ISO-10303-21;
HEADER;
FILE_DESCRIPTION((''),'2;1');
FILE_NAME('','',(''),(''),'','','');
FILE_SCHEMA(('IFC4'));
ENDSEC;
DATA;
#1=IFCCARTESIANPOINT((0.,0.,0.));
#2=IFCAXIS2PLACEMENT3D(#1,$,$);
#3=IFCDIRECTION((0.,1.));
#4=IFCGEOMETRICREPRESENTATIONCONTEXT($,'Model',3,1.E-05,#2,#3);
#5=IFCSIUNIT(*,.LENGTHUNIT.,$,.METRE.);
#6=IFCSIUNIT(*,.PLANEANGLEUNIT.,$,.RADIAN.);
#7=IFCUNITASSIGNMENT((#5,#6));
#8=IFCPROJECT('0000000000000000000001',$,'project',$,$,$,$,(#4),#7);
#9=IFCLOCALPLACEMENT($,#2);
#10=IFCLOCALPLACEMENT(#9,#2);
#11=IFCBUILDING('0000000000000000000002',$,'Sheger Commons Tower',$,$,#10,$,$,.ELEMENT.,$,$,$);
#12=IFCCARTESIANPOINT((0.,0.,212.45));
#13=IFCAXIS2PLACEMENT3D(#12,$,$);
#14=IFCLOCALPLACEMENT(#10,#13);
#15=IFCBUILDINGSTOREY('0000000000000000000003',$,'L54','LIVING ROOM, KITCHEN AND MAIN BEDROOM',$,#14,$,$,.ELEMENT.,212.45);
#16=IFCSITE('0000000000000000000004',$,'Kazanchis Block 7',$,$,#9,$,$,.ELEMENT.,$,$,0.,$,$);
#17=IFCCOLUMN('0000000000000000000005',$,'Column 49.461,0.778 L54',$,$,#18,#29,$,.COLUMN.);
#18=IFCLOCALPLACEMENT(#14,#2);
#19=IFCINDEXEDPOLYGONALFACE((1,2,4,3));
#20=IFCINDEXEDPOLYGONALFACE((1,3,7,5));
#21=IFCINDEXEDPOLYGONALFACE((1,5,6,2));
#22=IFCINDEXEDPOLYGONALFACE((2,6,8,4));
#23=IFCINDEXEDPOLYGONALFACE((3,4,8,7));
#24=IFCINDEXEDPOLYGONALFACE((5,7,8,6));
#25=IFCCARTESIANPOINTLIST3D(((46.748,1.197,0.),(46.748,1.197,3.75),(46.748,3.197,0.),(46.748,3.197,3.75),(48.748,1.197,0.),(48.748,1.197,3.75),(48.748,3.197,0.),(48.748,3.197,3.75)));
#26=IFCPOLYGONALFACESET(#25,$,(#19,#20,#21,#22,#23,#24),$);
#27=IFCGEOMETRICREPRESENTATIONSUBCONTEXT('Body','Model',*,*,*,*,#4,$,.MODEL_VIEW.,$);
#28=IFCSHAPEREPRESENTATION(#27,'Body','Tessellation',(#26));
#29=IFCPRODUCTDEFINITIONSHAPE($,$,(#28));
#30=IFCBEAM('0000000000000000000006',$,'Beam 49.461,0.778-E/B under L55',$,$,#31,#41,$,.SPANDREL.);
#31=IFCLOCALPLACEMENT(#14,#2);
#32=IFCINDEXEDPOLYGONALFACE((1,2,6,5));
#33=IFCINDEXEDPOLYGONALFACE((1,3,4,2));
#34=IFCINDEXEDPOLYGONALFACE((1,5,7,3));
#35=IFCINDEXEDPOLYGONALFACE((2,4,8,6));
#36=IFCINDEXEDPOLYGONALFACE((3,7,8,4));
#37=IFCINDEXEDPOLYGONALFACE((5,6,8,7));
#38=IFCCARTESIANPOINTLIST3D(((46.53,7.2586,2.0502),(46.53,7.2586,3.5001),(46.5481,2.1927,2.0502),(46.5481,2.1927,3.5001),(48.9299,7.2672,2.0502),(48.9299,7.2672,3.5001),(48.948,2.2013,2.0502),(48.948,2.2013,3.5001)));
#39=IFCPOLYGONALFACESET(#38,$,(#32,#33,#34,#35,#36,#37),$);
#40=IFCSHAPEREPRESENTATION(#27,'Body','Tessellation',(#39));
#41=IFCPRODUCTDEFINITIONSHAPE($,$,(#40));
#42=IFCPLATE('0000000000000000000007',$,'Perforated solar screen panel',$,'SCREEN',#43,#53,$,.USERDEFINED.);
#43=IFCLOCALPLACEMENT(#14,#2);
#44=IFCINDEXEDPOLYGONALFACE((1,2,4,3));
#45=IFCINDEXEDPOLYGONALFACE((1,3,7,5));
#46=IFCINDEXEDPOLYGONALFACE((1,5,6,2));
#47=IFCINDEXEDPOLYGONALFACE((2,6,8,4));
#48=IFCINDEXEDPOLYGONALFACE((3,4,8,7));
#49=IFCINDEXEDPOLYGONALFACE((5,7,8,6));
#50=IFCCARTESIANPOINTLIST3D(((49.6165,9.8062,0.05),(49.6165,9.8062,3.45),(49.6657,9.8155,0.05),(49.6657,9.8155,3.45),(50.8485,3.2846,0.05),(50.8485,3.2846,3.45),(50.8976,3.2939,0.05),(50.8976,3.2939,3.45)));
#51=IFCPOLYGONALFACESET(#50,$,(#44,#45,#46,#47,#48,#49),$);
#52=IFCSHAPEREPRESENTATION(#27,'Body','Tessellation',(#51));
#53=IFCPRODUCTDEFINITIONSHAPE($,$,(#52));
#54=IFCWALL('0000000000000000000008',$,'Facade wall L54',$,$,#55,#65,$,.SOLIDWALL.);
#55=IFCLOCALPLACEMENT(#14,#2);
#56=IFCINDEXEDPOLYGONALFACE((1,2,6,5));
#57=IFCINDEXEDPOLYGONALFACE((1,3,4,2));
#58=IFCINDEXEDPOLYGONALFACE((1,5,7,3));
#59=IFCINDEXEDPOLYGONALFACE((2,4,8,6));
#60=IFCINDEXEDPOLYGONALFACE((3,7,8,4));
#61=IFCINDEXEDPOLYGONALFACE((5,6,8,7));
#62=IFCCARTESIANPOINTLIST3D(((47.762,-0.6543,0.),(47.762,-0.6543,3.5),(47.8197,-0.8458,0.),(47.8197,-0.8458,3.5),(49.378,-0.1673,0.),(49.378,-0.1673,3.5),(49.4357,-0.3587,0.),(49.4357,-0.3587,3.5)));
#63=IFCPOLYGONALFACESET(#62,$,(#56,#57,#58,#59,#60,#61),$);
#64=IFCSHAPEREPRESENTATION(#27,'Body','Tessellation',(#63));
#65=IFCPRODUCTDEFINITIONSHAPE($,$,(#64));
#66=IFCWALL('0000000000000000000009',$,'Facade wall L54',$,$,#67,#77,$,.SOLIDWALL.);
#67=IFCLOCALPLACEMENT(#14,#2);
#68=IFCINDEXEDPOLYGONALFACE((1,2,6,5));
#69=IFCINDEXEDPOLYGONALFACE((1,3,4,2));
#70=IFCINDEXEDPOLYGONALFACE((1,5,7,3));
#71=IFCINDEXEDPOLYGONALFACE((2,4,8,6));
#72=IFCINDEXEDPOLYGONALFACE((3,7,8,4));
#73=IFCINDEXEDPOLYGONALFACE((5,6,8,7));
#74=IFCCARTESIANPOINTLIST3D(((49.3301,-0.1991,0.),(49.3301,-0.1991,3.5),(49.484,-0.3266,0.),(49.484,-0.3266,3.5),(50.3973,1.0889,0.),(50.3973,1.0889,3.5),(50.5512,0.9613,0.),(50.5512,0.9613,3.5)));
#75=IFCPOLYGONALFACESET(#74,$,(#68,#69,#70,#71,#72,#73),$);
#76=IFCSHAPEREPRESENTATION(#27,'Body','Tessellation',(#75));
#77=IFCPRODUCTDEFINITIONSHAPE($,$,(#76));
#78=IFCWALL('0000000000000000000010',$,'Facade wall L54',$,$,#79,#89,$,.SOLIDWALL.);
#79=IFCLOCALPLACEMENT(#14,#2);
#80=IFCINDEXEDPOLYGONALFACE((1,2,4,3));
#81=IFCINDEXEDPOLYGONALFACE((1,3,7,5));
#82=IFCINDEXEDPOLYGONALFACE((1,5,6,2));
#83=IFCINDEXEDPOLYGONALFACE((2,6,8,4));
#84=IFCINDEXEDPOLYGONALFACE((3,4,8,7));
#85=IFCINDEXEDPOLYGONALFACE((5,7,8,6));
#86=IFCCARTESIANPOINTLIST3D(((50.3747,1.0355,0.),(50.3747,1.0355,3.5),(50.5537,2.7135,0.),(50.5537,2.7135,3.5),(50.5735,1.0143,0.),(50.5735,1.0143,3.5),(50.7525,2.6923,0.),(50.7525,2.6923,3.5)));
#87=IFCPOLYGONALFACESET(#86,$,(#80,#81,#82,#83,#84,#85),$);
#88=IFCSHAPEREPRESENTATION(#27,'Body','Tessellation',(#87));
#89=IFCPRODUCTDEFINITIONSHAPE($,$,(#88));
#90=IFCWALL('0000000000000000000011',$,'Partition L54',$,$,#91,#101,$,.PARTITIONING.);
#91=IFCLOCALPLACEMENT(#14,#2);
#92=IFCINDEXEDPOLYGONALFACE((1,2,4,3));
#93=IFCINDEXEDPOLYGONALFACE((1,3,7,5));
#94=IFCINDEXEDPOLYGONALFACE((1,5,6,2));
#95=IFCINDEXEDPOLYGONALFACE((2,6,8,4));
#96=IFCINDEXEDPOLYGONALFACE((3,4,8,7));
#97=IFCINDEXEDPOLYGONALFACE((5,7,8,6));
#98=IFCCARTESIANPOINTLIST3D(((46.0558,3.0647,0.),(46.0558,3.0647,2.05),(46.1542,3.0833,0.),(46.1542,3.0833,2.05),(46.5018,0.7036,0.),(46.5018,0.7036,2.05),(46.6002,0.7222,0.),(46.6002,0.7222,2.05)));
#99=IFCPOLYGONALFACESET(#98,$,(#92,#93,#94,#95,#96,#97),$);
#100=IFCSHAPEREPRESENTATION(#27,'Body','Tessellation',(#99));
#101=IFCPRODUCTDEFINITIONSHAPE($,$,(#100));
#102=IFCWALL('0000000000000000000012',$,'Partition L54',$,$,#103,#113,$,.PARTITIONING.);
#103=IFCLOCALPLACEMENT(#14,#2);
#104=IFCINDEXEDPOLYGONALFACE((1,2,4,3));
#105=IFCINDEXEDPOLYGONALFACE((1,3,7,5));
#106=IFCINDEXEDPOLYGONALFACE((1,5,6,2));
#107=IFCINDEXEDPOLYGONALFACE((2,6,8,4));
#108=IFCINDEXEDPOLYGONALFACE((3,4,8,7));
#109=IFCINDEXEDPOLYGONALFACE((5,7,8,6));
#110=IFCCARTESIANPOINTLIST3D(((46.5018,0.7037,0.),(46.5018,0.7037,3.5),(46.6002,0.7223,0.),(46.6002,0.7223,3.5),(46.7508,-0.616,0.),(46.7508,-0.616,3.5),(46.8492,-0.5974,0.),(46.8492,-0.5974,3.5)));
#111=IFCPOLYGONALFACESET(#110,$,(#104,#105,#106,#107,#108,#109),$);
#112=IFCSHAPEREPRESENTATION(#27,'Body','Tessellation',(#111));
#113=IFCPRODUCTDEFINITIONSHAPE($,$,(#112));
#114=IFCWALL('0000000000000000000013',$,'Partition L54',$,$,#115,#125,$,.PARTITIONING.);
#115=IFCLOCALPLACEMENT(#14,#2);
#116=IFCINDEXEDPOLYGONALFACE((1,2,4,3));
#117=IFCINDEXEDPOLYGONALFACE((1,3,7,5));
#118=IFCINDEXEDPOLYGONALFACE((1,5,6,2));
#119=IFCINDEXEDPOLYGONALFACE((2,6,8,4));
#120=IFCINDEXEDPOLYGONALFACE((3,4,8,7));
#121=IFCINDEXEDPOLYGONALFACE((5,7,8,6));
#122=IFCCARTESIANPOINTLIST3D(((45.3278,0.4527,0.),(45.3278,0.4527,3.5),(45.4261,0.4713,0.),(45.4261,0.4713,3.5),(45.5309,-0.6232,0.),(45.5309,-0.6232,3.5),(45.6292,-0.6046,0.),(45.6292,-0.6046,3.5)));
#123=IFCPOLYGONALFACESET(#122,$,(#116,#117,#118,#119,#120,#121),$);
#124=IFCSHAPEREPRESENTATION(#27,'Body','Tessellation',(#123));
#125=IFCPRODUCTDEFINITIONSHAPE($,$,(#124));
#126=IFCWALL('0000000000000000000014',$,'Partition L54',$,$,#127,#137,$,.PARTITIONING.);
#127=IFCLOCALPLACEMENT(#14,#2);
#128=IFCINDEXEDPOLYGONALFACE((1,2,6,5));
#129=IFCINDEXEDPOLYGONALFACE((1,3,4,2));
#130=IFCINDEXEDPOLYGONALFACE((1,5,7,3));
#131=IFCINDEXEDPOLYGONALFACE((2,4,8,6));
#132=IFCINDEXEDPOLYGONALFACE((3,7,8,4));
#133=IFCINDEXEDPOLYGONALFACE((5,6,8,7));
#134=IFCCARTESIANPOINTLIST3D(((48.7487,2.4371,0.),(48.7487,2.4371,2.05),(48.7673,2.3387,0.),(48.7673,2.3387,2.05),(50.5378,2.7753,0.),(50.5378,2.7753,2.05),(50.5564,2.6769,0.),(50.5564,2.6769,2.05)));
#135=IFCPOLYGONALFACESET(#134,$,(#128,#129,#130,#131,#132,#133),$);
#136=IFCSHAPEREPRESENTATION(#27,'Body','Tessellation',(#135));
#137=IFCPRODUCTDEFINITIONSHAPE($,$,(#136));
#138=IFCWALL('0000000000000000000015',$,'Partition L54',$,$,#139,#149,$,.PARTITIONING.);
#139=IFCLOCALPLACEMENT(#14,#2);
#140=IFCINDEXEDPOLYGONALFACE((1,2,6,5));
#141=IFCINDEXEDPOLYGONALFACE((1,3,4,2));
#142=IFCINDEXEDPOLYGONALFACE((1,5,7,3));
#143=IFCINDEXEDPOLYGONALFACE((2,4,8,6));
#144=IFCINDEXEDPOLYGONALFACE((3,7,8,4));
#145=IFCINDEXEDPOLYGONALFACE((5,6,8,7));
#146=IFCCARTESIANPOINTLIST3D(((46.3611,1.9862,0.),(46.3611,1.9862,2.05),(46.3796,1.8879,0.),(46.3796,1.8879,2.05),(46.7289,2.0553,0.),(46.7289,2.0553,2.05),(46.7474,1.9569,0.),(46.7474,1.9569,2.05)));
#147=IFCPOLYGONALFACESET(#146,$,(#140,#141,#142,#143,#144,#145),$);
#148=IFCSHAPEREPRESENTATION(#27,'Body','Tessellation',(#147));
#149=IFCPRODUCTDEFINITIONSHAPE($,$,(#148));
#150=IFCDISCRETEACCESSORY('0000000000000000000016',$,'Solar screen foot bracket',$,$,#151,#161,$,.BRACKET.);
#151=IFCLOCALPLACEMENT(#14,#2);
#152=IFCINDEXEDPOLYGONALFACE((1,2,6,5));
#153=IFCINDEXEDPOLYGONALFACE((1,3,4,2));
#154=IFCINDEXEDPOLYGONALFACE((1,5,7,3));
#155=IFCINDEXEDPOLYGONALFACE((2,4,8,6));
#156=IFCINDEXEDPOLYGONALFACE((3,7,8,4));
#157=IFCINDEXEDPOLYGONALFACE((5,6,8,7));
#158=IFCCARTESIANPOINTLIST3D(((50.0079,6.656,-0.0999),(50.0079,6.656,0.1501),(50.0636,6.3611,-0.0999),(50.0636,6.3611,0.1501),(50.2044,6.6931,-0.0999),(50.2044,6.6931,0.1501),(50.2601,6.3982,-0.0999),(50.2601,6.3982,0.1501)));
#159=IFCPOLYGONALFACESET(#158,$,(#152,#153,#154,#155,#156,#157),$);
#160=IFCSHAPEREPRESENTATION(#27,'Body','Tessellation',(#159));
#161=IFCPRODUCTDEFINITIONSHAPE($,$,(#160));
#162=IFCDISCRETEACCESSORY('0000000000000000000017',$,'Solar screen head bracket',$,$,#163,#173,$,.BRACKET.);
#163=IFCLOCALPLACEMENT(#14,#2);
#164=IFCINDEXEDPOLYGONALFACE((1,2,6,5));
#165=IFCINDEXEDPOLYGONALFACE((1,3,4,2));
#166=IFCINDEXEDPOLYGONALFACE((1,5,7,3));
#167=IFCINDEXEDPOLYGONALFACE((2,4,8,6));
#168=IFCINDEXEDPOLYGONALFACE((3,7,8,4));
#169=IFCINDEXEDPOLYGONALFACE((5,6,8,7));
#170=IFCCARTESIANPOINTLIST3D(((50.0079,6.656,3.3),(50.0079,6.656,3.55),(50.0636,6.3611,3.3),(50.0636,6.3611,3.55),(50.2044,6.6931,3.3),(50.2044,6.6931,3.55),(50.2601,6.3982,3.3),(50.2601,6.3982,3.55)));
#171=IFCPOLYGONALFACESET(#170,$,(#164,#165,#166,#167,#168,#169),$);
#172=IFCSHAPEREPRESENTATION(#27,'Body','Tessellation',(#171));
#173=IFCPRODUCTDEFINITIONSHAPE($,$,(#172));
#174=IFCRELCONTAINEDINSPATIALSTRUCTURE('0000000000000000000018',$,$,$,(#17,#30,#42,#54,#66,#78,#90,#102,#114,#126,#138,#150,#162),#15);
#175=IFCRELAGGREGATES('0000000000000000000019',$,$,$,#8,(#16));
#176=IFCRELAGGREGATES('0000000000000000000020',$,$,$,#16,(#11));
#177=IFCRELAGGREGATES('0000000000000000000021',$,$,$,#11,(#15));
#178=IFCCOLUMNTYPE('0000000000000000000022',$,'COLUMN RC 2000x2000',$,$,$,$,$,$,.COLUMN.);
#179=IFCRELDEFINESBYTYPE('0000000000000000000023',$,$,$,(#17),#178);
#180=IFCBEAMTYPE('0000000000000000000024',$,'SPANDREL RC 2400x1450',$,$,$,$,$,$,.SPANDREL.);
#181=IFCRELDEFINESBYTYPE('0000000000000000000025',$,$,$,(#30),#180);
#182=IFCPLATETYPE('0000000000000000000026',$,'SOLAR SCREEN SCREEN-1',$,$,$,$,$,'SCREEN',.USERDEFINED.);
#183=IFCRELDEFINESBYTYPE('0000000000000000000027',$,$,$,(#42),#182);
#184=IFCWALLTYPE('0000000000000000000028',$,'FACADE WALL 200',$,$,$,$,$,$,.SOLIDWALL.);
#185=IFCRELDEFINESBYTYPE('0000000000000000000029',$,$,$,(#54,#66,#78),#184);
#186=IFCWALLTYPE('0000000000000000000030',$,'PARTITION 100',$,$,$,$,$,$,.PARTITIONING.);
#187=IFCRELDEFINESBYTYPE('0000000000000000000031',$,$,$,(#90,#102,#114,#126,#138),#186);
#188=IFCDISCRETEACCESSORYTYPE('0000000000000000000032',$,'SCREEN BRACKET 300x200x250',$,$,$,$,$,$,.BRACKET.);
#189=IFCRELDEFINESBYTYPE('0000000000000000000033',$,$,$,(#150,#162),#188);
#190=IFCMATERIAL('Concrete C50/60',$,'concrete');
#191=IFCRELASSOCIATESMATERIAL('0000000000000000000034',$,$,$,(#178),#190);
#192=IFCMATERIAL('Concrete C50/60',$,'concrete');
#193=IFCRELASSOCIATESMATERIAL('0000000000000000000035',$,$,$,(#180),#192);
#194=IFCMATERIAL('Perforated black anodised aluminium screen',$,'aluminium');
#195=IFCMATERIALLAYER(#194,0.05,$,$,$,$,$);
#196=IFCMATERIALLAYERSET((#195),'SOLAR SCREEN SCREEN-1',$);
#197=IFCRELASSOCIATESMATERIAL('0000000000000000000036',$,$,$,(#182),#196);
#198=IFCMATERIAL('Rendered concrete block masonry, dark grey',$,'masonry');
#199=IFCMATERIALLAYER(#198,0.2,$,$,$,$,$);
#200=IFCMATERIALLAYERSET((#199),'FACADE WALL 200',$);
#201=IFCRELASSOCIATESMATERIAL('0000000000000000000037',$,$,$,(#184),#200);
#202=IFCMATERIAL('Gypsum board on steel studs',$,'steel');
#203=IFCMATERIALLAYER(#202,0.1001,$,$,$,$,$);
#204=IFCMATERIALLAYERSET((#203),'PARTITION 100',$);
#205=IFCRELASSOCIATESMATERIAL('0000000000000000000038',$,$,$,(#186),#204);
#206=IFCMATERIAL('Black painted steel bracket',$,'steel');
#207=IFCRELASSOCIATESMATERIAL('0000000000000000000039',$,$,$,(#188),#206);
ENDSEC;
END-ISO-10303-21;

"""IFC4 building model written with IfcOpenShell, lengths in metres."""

from ifc_helpers import new_model, si_unit, direction, frame, frame_2d, origin, origin_2d, place, context, subcontext, project, spatial, rectangle, extrude, material, layer, layer_set, material_profile, profile_set, type_object, element, save


model = new_model("IFC4")

# Units and contexts
model_context = context("Model", 3, precision=1e-05, world=origin(), true_north=direction((0.0, 1.0)))
body_context = subcontext(model_context, "Body", "Model", "MODEL_VIEW")
ifc_project = project(units=[si_unit("LENGTHUNIT", "METRE"), si_unit("PLANEANGLEUNIT", "RADIAN")], contexts=[model_context])

# Site, building, storey
site_placement = place(None, origin())
site = spatial("IfcSite", under=ifc_project, at=site_placement, Name="Kazanchis Block 7", CompositionType="ELEMENT", RefElevation=0.0)
building_placement = place(site_placement, origin())
building = spatial("IfcBuilding", under=site, at=building_placement, Name="Sheger Commons Tower", CompositionType="ELEMENT")
storey_placement = place(building_placement, frame((0.0, 0.0, 212.45)))
storey = spatial("IfcBuildingStorey", under=building, at=storey_placement, Name="L54", Description="LIVING ROOM, KITCHEN AND MAIN BEDROOM", CompositionType="ELEMENT", Elevation=212.45)

# Column
ifc_material_1 = material(Name="Concrete C50/60", Category="concrete")
ifc_material_profile_1 = material_profile(ifc_material_1, rectangle(XDim=2.0, YDim=2.0, at=origin_2d()), Name="RC 2000x2000")
ifc_profile_set_1 = profile_set([ifc_material_profile_1], Name="Concrete C50/60")
column_type = type_object("IfcColumnType", Name="COLUMN RC 2000x2000", PredefinedType="COLUMN", material=ifc_profile_set_1)
column_placement = place(storey_placement, frame((47.748, 2.197, 0.0), z_axis=(0.0, 0.0, 1.0), x_axis=(1.0, 0.0, 0.0)))
element("IfcColumn", 1, at=column_placement, inside=storey, type_object=column_type, Name="Column 49.461,0.778 L54", PredefinedType="COLUMN", context=body_context, shape_type="SweptSolid", body=[
    extrude(rectangle(XDim=2.0, YDim=2.0, at=origin_2d()), origin(), (0.0, 0.0, 1.0), 3.75),
])

# Beam
ifc_material_2 = material(Name="Concrete C50/60", Category="concrete")
ifc_material_profile_2 = material_profile(ifc_material_2, rectangle(XDim=2.3999, YDim=1.45, at=origin_2d()), Name="RC 2400x1450")
ifc_profile_set_2 = profile_set([ifc_material_profile_2], Name="Concrete C50/60")
beam_type = type_object("IfcBeamType", Name="SPANDREL RC 2400x1450", PredefinedType="SPANDREL", material=ifc_profile_set_2)
beam_placement = place(storey_placement, frame((47.748, 2.197, 2.7751), z_axis=(-0.003566, 0.999994, 0.0), x_axis=(-0.999994, -0.003566, 0.0)))
element("IfcBeam", 2, at=beam_placement, inside=storey, type_object=beam_type, Name="Beam 49.461,0.778-E/B under L55", PredefinedType="SPANDREL", context=body_context, shape_type="SweptSolid", body=[
    extrude(rectangle(XDim=2.3999, YDim=1.45, at=origin_2d()), origin(), (0.0, 0.0, 1.0), 5.0659),
])

# Plate
ifc_material_3 = material(Name="Perforated black anodised aluminium screen", Category="aluminium")
ifc_layer_1 = layer(ifc_material_3, 0.05)
ifc_layer_set_1 = layer_set([ifc_layer_1], Name="SOLAR SCREEN SCREEN-1")
plate_type = type_object("IfcPlateType", Name="SOLAR SCREEN SCREEN-1", ElementType="SCREEN", PredefinedType="USERDEFINED", material=ifc_layer_set_1)
plate_placement = place(storey_placement, frame((50.2571, 6.55, 0.05), z_axis=(0.0, 0.0, 1.0), x_axis=(-0.185615, 0.982623, 0.0)))
element("IfcPlate", 3, at=plate_placement, inside=storey, type_object=plate_type, Name="Perforated solar screen panel", ObjectType="SCREEN", PredefinedType="USERDEFINED", context=body_context, shape_type="SweptSolid", body=[
    extrude(rectangle(XDim=6.637, YDim=0.05, at=origin_2d()), origin(), (0.0, 0.0, 1.0), 3.3999),
])

# Walls
ifc_material_4 = material(Name="Rendered concrete block masonry, dark grey", Category="masonry")
ifc_layer_2 = layer(ifc_material_4, 0.2)
ifc_layer_set_2 = layer_set([ifc_layer_2], Name="FACADE WALL 200")
wall_type_1 = type_object("IfcWallType", Name="FACADE WALL 200", PredefinedType="SOLIDWALL", material=ifc_layer_set_2)
wall_1_placement = place(storey_placement, frame((47.791, -0.75, 0.0), z_axis=(0.0, 0.0, 1.0), x_axis=(0.957455, 0.288582, 0.0)))
element("IfcWall", 4, at=wall_1_placement, inside=storey, type_object=wall_type_1, Name="Facade wall L54", PredefinedType="SOLIDWALL", context=body_context, shape_type="SweptSolid", body=[
    extrude(rectangle(XDim=1.6877, YDim=0.2, at=frame_2d((0.8438, 0.0))), origin(), (0.0, 0.0, 1.0), 3.5),
])
wall_2_placement = place(storey_placement, frame((49.407, -0.2629, 0.0), z_axis=(0.0, 0.0, 1.0), x_axis=(0.638043, 0.770001, 0.0)))
element("IfcWall", 5, at=wall_2_placement, inside=storey, type_object=wall_type_1, Name="Facade wall L54", PredefinedType="SOLIDWALL", context=body_context, shape_type="SweptSolid", body=[
    extrude(rectangle(XDim=1.6726, YDim=0.2, at=frame_2d((0.8364, 0.0))), origin(), (0.0, 0.0, 1.0), 3.5),
])
wall_3_placement = place(storey_placement, frame((50.4741, 1.0249, 0.0), z_axis=(0.0, 0.0, 1.0), x_axis=(0.106048, 0.994361, 0.0)))
element("IfcWall", 6, at=wall_3_placement, inside=storey, type_object=wall_type_1, Name="Facade wall L54", PredefinedType="SOLIDWALL", context=body_context, shape_type="SweptSolid", body=[
    extrude(rectangle(XDim=1.6875, YDim=0.2, at=frame_2d((0.8438, 0.0))), origin(), (0.0, 0.0, 1.0), 3.5),
])

# Walls
ifc_material_5 = material(Name="Gypsum board on steel studs", Category="steel")
ifc_layer_3 = layer(ifc_material_5, 0.1001)
ifc_layer_set_3 = layer_set([ifc_layer_3], Name="PARTITION 100")
wall_type_2 = type_object("IfcWallType", Name="PARTITION 100", PredefinedType="PARTITIONING", material=ifc_layer_set_3)
wall_4_placement = place(storey_placement, frame((46.105, 3.074, 0.0), z_axis=(0.0, 0.0, 1.0), x_axis=(0.185632, -0.982619, 0.0)))
element("IfcWall", 7, at=wall_4_placement, inside=storey, type_object=wall_type_2, Name="Partition L54", PredefinedType="PARTITIONING", context=body_context, shape_type="SweptSolid", body=[
    extrude(rectangle(XDim=2.4028, YDim=0.1001, at=frame_2d((1.2014, 0.0))), origin(), (0.0, 0.0, 1.0), 2.05),
])
wall_5_placement = place(storey_placement, frame((46.551, 0.7129, 0.0), z_axis=(0.0, 0.0, 1.0), x_axis=(0.185408, -0.982662, 0.0)))
element("IfcWall", 8, at=wall_5_placement, inside=storey, type_object=wall_type_2, Name="Partition L54", PredefinedType="PARTITIONING", context=body_context, shape_type="SweptSolid", body=[
    extrude(rectangle(XDim=1.343, YDim=0.1001, at=frame_2d((0.6714, 0.0))), origin(), (0.0, 0.0, 1.0), 3.5),
])
wall_6_placement = place(storey_placement, frame((45.377, 0.4619, 0.0), z_axis=(0.0, 0.0, 1.0), x_axis=(0.185513, -0.982642, 0.0)))
element("IfcWall", 9, at=wall_6_placement, inside=storey, type_object=wall_type_2, Name="Partition L54", PredefinedType="PARTITIONING", context=body_context, shape_type="SweptSolid", body=[
    extrude(rectangle(XDim=1.095, YDim=0.1001, at=frame_2d((0.5474, 0.0))), origin(), (0.0, 0.0, 1.0), 3.5),
])
wall_7_placement = place(storey_placement, frame((50.5471, 2.7261, 0.0), z_axis=(0.0, 0.0, 1.0), x_axis=(-0.982604, -0.185713, 0.0)))
element("IfcWall", 10, at=wall_7_placement, inside=storey, type_object=wall_type_2, Name="Partition L54", PredefinedType="PARTITIONING", context=body_context, shape_type="SweptSolid", body=[
    extrude(rectangle(XDim=1.8208, YDim=0.1001, at=frame_2d((0.9104, 0.0))), origin(), (0.0, 0.0, 1.0), 2.05),
])
wall_8_placement = place(storey_placement, frame((46.738, 2.0061, 0.0), z_axis=(0.0, 0.0, 1.0), x_axis=(-0.98282, -0.184564, 0.0)))
element("IfcWall", 11, at=wall_8_placement, inside=storey, type_object=wall_type_2, Name="Partition L54", PredefinedType="PARTITIONING", context=body_context, shape_type="SweptSolid", body=[
    extrude(rectangle(XDim=0.3743, YDim=0.1001, at=frame_2d((0.187, 0.0))), origin(), (0.0, 0.0, 1.0), 2.05),
])

# Discrete accessories
ifc_material_6 = material(Name="Black painted steel bracket", Category="steel")
discrete_accessory_type = type_object("IfcDiscreteAccessoryType", Name="SCREEN BRACKET 300x200x250", PredefinedType="BRACKET", material=ifc_material_6)
for number, where, z_axis, x_axis, name in (
    (12, (50.134, 6.5271, -0.0999), (0.0, 0.0, 1.0), (-0.185615, 0.982623, 0.0), "Solar screen foot bracket"),
    (13, (50.134, 6.5271, 3.3), (0.0, 0.0, 1.0), (-0.185615, 0.982623, 0.0), "Solar screen head bracket"),
):
    element("IfcDiscreteAccessory", number, at=place(storey_placement, frame(where, z_axis=z_axis, x_axis=x_axis)), inside=storey, type_object=discrete_accessory_type, Name=name, PredefinedType="BRACKET", context=body_context, shape_type="SweptSolid", body=[
        extrude(rectangle(XDim=0.3, YDim=0.2, at=origin_2d()), origin(), (0.0, 0.0, 1.0), 0.25),
    ])

save(model, "model.ifc")
